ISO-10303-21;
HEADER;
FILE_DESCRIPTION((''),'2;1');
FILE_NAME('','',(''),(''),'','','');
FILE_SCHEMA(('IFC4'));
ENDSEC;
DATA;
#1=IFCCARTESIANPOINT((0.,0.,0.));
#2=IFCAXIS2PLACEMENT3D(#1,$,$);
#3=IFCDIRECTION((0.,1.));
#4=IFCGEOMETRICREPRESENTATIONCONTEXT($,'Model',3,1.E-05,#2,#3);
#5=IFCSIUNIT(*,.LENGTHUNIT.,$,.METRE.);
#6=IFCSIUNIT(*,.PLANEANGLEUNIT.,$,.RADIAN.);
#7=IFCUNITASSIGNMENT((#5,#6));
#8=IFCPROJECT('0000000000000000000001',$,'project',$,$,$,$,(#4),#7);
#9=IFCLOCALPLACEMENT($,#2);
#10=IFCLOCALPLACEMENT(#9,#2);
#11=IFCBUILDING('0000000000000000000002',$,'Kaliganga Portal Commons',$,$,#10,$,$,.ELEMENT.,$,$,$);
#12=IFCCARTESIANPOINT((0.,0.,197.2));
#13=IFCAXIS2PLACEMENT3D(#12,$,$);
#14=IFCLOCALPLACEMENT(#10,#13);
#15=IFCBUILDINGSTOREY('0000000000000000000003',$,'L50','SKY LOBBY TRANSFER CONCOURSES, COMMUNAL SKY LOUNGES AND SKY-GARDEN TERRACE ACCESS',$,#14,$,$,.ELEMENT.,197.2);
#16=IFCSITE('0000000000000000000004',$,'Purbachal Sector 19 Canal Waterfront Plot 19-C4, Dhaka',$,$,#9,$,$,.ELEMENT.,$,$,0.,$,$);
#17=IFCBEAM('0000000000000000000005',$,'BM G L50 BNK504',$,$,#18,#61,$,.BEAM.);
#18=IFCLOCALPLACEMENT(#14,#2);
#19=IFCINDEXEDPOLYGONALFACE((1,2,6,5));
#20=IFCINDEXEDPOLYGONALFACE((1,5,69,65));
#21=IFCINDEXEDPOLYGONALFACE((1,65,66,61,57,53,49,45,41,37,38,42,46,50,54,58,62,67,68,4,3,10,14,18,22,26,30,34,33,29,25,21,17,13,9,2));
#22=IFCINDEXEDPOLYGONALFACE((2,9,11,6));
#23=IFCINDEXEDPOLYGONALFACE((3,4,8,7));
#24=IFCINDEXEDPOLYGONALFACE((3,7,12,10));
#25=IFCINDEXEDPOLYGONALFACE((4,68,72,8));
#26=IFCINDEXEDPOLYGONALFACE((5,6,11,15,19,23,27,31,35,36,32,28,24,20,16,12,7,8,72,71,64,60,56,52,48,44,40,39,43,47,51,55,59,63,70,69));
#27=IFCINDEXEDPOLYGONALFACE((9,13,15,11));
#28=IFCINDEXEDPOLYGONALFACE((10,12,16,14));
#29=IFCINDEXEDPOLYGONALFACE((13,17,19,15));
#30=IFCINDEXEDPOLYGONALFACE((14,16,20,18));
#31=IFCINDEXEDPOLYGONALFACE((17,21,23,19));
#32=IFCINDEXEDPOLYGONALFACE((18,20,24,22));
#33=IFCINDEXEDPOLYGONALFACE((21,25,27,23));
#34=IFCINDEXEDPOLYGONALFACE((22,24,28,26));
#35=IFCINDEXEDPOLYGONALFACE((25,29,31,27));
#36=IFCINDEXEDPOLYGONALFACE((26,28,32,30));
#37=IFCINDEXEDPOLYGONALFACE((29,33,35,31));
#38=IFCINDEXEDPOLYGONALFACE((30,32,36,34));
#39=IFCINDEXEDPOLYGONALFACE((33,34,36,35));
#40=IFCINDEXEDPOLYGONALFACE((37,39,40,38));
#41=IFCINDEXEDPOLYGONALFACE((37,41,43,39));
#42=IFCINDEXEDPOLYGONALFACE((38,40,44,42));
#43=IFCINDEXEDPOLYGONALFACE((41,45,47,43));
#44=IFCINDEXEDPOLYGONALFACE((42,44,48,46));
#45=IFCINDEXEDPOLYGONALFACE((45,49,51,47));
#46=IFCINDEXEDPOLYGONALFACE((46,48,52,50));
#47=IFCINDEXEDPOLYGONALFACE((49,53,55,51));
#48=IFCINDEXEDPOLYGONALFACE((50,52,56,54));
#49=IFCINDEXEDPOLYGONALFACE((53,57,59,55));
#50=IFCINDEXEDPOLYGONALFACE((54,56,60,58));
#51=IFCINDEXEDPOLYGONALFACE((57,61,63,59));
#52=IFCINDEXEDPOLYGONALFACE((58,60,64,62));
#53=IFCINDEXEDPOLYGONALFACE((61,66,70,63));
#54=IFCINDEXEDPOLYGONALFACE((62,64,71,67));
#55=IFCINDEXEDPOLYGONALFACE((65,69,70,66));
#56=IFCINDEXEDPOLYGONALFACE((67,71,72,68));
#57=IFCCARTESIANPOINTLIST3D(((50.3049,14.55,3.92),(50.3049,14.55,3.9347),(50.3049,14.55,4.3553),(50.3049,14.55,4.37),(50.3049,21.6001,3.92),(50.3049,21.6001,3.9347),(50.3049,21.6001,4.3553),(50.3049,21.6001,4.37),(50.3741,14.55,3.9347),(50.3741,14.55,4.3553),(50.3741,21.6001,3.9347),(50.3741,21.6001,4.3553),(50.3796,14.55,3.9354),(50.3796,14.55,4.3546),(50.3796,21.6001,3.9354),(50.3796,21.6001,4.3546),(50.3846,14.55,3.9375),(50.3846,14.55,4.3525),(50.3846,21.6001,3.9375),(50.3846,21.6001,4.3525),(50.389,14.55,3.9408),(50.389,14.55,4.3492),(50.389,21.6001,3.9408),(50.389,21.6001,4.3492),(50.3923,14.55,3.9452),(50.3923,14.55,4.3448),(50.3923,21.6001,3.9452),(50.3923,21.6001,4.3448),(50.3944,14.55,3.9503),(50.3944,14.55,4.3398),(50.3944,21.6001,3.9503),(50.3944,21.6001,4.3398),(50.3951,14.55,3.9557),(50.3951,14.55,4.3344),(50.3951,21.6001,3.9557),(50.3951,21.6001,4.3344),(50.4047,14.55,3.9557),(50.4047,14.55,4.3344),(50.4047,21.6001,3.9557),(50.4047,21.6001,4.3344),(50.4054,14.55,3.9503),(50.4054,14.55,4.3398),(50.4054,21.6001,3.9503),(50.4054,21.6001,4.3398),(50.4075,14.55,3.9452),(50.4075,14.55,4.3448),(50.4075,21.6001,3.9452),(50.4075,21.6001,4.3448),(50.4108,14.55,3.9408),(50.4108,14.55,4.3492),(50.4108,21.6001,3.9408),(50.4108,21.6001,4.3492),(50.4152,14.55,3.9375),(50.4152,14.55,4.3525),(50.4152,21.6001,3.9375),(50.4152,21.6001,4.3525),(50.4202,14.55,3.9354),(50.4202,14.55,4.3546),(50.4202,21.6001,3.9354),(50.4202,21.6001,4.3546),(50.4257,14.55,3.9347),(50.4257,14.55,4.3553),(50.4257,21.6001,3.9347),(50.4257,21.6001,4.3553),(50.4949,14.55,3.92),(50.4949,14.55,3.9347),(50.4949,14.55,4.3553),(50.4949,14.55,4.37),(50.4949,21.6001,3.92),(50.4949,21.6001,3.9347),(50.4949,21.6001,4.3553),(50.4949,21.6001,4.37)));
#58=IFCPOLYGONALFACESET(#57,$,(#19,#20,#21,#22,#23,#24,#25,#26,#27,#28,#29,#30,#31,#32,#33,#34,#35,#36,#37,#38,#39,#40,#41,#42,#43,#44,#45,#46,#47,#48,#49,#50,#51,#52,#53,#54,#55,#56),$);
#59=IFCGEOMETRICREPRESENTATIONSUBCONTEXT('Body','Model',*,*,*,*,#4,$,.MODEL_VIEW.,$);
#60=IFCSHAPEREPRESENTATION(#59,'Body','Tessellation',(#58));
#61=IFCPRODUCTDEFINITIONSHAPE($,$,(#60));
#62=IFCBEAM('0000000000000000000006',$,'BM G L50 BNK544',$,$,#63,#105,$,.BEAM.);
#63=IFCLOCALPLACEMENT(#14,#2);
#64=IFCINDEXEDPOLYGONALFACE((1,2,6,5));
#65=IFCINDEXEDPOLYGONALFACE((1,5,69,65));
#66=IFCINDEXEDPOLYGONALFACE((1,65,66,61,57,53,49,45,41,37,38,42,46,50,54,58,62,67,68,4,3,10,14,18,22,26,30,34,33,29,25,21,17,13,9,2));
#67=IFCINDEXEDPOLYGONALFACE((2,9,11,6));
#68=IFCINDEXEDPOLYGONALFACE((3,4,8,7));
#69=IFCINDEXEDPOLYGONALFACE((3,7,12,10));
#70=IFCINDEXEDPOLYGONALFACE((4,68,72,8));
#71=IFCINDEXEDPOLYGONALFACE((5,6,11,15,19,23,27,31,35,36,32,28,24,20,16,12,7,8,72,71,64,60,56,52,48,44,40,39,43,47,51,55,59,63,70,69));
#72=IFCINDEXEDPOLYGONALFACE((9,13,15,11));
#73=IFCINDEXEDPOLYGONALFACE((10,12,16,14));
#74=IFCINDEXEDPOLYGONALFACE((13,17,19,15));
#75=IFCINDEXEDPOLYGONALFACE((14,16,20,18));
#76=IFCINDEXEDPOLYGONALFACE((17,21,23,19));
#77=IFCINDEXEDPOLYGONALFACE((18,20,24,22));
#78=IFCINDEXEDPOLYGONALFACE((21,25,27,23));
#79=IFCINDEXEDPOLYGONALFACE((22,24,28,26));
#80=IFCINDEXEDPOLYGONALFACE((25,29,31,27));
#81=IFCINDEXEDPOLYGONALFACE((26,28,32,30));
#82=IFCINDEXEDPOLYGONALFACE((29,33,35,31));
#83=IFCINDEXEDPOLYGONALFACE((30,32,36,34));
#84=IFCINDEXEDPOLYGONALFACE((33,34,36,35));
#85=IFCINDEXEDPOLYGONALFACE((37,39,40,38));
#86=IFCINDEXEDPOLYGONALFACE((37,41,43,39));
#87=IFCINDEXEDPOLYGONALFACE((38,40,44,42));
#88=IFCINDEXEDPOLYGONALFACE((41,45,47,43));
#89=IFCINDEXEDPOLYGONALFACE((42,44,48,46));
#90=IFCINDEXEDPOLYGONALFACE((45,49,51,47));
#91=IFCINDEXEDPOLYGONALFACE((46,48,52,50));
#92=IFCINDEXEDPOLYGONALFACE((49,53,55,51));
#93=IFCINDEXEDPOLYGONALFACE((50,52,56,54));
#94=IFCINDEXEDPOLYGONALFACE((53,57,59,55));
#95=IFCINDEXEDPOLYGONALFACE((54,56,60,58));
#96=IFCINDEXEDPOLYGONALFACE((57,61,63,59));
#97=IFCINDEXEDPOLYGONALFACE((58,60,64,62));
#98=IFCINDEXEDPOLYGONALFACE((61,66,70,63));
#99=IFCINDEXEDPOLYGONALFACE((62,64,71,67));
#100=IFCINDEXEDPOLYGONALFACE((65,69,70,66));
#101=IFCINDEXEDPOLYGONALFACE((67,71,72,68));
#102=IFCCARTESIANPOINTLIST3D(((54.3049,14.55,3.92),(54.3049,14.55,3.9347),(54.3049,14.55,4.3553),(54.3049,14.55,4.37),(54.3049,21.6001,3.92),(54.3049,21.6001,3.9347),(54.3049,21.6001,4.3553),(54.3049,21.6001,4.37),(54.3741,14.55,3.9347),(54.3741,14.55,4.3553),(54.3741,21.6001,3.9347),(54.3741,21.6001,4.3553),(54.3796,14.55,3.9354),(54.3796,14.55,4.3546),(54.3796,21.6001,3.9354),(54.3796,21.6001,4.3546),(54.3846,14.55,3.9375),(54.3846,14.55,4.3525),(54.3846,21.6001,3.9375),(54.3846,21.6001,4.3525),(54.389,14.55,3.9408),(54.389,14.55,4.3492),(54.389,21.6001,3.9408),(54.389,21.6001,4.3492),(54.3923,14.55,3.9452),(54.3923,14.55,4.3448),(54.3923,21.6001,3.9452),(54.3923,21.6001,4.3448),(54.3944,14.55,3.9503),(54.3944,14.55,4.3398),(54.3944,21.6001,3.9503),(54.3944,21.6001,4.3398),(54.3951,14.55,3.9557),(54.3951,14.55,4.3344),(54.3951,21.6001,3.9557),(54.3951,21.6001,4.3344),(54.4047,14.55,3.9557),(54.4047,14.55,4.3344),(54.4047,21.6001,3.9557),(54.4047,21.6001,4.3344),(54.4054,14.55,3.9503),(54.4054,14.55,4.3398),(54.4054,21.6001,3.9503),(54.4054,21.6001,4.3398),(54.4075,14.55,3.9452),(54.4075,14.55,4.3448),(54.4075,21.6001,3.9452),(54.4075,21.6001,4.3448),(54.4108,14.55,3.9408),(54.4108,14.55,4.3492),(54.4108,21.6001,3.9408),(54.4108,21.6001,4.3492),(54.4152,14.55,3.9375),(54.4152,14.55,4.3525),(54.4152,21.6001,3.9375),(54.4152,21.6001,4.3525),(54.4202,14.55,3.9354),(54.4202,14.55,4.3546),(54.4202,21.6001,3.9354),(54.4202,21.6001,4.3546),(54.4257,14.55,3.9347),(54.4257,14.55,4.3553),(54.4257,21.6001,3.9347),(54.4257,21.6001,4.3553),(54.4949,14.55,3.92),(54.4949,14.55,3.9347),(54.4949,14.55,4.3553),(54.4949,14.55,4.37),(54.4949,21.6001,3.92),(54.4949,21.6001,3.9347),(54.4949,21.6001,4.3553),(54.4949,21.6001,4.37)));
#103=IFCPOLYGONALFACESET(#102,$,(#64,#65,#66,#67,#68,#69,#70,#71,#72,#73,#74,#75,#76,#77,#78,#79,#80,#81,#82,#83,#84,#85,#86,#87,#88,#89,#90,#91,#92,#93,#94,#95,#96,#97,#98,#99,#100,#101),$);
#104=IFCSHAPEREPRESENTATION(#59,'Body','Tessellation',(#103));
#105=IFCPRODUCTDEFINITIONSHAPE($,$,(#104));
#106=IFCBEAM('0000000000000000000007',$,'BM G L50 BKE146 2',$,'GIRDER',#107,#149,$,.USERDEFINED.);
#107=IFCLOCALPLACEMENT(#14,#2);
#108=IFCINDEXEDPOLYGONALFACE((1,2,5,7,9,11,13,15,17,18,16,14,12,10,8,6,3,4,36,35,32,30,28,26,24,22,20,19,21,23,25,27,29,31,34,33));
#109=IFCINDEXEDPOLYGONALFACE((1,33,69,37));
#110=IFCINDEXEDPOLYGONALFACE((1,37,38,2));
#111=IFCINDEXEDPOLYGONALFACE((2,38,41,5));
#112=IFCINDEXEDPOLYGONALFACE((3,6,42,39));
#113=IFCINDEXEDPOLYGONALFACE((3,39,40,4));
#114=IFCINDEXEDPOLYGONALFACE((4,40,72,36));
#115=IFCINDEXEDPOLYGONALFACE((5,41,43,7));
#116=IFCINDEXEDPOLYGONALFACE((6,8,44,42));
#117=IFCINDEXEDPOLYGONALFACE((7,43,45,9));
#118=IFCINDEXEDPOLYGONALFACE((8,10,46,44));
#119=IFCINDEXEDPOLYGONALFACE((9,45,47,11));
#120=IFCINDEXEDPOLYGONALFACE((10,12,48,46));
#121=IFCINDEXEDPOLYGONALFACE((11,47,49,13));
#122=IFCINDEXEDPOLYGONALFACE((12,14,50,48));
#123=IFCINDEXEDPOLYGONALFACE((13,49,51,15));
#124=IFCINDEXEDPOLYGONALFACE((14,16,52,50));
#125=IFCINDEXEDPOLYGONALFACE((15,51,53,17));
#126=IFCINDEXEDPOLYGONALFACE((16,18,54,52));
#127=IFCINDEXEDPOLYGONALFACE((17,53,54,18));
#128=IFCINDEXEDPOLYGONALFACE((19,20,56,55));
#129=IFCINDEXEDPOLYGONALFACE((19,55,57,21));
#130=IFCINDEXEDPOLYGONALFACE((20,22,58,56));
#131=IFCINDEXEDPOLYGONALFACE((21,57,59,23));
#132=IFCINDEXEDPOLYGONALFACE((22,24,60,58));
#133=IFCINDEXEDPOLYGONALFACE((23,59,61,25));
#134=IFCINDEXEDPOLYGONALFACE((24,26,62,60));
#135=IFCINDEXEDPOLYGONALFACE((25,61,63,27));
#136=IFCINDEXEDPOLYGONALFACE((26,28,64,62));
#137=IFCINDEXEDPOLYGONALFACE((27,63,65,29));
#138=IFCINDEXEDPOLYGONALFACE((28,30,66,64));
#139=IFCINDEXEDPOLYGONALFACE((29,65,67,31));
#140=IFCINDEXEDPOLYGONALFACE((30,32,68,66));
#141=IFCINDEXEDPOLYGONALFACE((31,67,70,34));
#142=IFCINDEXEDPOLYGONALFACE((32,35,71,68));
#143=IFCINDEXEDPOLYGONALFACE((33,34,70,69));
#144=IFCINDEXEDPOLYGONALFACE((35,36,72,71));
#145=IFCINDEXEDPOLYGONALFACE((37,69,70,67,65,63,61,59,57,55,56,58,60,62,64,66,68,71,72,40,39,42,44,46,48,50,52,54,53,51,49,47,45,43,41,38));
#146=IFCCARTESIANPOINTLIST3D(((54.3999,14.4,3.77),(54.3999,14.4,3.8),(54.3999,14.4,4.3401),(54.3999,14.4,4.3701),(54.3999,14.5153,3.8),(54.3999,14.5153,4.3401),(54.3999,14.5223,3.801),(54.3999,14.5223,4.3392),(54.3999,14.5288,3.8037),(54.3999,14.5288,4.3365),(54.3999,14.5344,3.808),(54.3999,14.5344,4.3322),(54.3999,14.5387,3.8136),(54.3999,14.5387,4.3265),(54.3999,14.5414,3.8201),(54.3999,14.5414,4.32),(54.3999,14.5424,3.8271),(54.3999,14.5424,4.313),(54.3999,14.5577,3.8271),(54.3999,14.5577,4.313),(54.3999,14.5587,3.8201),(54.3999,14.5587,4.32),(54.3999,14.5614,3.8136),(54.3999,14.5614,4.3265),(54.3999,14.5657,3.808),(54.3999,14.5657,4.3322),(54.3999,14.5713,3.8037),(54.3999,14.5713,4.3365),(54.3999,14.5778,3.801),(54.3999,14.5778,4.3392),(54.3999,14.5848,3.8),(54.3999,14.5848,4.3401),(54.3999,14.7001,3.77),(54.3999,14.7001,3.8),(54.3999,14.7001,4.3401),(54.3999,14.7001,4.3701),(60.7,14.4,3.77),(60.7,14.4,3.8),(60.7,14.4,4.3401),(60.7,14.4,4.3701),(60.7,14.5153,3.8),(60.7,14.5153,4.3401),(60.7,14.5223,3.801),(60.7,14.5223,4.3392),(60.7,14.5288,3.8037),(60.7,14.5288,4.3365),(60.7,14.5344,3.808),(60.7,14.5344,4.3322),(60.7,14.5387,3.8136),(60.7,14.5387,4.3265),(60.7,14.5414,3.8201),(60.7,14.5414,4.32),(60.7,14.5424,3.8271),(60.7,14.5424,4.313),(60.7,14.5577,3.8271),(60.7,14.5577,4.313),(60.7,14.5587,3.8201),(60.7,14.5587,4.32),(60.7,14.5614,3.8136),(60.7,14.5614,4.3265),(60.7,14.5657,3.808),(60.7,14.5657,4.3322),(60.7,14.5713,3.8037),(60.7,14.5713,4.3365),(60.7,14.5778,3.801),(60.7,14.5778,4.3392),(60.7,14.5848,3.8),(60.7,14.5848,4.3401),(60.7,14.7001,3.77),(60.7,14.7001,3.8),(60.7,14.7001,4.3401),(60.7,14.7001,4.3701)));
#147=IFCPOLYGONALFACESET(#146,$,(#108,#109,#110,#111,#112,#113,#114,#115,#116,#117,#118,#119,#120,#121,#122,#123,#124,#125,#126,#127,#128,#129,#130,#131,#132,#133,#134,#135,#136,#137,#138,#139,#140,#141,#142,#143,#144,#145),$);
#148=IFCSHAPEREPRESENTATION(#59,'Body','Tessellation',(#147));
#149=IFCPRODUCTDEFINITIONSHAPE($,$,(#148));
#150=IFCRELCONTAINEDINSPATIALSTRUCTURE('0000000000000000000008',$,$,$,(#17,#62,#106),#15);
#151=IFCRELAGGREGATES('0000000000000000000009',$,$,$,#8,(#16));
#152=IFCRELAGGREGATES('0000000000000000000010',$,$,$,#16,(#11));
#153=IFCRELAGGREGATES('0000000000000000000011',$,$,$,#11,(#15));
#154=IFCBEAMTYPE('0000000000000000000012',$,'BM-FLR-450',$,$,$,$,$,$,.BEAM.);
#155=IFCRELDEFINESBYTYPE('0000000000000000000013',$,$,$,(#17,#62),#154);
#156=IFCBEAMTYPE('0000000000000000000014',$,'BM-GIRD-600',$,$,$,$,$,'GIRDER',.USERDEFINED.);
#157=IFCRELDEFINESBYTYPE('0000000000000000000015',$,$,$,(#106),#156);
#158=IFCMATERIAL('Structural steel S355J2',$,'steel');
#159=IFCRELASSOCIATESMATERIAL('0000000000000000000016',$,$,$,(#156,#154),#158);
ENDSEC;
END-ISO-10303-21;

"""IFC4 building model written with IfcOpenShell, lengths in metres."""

from ifc_helpers import new_model, si_unit, direction, frame, origin, origin_2d, place, context, subcontext, project, spatial, i_section, extrude, source, transform, mapped, material, material_profile, profile_set, type_object, element, save


model = new_model("IFC4")

# Units and contexts
model_context = context("Model", 3, precision=1e-05, world=origin(), true_north=direction((0.0, 1.0)))
body_context = subcontext(model_context, "Body", "Model", "MODEL_VIEW")
ifc_project = project(units=[si_unit("LENGTHUNIT", "METRE"), si_unit("PLANEANGLEUNIT", "RADIAN")], contexts=[model_context])

# Site, building, storey
site_placement = place(None, origin())
site = spatial("IfcSite", under=ifc_project, at=site_placement, Name="Purbachal Sector 19 Canal Waterfront Plot 19-C4, Dhaka", CompositionType="ELEMENT", RefElevation=0.0)
building_placement = place(site_placement, origin())
building = spatial("IfcBuilding", under=site, at=building_placement, Name="Kaliganga Portal Commons", CompositionType="ELEMENT")
storey_placement = place(building_placement, frame((0.0, 0.0, 197.2)))
storey = spatial("IfcBuildingStorey", under=building, at=storey_placement, Name="L50", Description="SKY LOBBY TRANSFER CONCOURSES, COMMUNAL SKY LOUNGES AND SKY-GARDEN TERRACE ACCESS", CompositionType="ELEMENT", Elevation=197.2)

# Shared definitions
ifc_material_1 = material(Name="Structural steel S355J2", Category="steel")

# Beams
ifc_material_profile_1 = material_profile(ifc_material_1, i_section(OverallWidth=0.3, OverallDepth=0.6001, WebThickness=0.0154, FlangeThickness=0.03, FilletRadius=0.0271, at=origin_2d()), Name="HE 600 B")
ifc_profile_set_1 = profile_set([ifc_material_profile_1], Name="Structural steel S355J2 wide-flange")
beam_type_1 = type_object("IfcBeamType", Name="BM-GIRD-600", ElementType="GIRDER", PredefinedType="USERDEFINED", material=ifc_profile_set_1)
ifc_material_profile_2 = material_profile(ifc_material_1, i_section(OverallWidth=0.1899, OverallDepth=0.45, WebThickness=0.0095, FlangeThickness=0.0146, FilletRadius=0.021, at=origin_2d()), Name="IPE 450")
ifc_profile_set_2 = profile_set([ifc_material_profile_2], Name="Structural steel S355J2 wide-flange")
beam_type_2 = type_object("IfcBeamType", Name="BM-FLR-450", PredefinedType="BEAM", material=ifc_profile_set_2)
shared_shape_1 = source(origin(), body_context, "Body", "SweptSolid", [
    extrude(i_section(OverallWidth=0.1899, OverallDepth=0.45, WebThickness=0.0095, FlangeThickness=0.0146, FilletRadius=0.021, at=origin_2d()), origin(), (0.0, 0.0, 1.0), 7.05),
])
for number, where, z_axis, x_axis, name in (
    (1, (50.3999, 14.55, 4.145), (0.0, 1.0, 0.0), (-1.0, 0.0, 0.0), "BM G L50 BNK504"),
    (2, (54.3999, 14.55, 4.145), (0.0, 1.0, 0.0), (-1.0, 0.0, 0.0), "BM G L50 BNK544"),
):
    element("IfcBeam", number, at=place(storey_placement, frame(where, z_axis=z_axis, x_axis=x_axis)), inside=storey, type_object=beam_type_2, Name=name, PredefinedType="BEAM", context=body_context, shape_type="MappedRepresentation", body=[
        mapped(shared_shape_1, transform((0.0, 0.0, 0.0), x_axis=(1.0, 0.0, 0.0), y_axis=(0.0, 1.0, 0.0), z_axis=(0.0, 0.0, 1.0), scale=1.0)),
    ])
shared_shape_2 = source(origin(), body_context, "Body", "SweptSolid", [
    extrude(i_section(OverallWidth=0.3, OverallDepth=0.6001, WebThickness=0.0154, FlangeThickness=0.03, FilletRadius=0.0271, at=origin_2d()), origin(), (0.0, 0.0, 1.0), 6.3),
])
beam_1_placement = place(storey_placement, frame((54.3999, 14.55, 4.0701), z_axis=(1.0, 0.0, 0.0), x_axis=(0.0, 1.0, 0.0)))
element("IfcBeam", 3, at=beam_1_placement, inside=storey, type_object=beam_type_1, Name="BM G L50 BKE146 2", ObjectType="GIRDER", PredefinedType="USERDEFINED", context=body_context, shape_type="MappedRepresentation", body=[
    mapped(shared_shape_2, transform((0.0, 0.0, 0.0), x_axis=(1.0, 0.0, 0.0), y_axis=(0.0, 1.0, 0.0), z_axis=(0.0, 0.0, 1.0), scale=1.0)),
])

save(model, "model.ifc")
